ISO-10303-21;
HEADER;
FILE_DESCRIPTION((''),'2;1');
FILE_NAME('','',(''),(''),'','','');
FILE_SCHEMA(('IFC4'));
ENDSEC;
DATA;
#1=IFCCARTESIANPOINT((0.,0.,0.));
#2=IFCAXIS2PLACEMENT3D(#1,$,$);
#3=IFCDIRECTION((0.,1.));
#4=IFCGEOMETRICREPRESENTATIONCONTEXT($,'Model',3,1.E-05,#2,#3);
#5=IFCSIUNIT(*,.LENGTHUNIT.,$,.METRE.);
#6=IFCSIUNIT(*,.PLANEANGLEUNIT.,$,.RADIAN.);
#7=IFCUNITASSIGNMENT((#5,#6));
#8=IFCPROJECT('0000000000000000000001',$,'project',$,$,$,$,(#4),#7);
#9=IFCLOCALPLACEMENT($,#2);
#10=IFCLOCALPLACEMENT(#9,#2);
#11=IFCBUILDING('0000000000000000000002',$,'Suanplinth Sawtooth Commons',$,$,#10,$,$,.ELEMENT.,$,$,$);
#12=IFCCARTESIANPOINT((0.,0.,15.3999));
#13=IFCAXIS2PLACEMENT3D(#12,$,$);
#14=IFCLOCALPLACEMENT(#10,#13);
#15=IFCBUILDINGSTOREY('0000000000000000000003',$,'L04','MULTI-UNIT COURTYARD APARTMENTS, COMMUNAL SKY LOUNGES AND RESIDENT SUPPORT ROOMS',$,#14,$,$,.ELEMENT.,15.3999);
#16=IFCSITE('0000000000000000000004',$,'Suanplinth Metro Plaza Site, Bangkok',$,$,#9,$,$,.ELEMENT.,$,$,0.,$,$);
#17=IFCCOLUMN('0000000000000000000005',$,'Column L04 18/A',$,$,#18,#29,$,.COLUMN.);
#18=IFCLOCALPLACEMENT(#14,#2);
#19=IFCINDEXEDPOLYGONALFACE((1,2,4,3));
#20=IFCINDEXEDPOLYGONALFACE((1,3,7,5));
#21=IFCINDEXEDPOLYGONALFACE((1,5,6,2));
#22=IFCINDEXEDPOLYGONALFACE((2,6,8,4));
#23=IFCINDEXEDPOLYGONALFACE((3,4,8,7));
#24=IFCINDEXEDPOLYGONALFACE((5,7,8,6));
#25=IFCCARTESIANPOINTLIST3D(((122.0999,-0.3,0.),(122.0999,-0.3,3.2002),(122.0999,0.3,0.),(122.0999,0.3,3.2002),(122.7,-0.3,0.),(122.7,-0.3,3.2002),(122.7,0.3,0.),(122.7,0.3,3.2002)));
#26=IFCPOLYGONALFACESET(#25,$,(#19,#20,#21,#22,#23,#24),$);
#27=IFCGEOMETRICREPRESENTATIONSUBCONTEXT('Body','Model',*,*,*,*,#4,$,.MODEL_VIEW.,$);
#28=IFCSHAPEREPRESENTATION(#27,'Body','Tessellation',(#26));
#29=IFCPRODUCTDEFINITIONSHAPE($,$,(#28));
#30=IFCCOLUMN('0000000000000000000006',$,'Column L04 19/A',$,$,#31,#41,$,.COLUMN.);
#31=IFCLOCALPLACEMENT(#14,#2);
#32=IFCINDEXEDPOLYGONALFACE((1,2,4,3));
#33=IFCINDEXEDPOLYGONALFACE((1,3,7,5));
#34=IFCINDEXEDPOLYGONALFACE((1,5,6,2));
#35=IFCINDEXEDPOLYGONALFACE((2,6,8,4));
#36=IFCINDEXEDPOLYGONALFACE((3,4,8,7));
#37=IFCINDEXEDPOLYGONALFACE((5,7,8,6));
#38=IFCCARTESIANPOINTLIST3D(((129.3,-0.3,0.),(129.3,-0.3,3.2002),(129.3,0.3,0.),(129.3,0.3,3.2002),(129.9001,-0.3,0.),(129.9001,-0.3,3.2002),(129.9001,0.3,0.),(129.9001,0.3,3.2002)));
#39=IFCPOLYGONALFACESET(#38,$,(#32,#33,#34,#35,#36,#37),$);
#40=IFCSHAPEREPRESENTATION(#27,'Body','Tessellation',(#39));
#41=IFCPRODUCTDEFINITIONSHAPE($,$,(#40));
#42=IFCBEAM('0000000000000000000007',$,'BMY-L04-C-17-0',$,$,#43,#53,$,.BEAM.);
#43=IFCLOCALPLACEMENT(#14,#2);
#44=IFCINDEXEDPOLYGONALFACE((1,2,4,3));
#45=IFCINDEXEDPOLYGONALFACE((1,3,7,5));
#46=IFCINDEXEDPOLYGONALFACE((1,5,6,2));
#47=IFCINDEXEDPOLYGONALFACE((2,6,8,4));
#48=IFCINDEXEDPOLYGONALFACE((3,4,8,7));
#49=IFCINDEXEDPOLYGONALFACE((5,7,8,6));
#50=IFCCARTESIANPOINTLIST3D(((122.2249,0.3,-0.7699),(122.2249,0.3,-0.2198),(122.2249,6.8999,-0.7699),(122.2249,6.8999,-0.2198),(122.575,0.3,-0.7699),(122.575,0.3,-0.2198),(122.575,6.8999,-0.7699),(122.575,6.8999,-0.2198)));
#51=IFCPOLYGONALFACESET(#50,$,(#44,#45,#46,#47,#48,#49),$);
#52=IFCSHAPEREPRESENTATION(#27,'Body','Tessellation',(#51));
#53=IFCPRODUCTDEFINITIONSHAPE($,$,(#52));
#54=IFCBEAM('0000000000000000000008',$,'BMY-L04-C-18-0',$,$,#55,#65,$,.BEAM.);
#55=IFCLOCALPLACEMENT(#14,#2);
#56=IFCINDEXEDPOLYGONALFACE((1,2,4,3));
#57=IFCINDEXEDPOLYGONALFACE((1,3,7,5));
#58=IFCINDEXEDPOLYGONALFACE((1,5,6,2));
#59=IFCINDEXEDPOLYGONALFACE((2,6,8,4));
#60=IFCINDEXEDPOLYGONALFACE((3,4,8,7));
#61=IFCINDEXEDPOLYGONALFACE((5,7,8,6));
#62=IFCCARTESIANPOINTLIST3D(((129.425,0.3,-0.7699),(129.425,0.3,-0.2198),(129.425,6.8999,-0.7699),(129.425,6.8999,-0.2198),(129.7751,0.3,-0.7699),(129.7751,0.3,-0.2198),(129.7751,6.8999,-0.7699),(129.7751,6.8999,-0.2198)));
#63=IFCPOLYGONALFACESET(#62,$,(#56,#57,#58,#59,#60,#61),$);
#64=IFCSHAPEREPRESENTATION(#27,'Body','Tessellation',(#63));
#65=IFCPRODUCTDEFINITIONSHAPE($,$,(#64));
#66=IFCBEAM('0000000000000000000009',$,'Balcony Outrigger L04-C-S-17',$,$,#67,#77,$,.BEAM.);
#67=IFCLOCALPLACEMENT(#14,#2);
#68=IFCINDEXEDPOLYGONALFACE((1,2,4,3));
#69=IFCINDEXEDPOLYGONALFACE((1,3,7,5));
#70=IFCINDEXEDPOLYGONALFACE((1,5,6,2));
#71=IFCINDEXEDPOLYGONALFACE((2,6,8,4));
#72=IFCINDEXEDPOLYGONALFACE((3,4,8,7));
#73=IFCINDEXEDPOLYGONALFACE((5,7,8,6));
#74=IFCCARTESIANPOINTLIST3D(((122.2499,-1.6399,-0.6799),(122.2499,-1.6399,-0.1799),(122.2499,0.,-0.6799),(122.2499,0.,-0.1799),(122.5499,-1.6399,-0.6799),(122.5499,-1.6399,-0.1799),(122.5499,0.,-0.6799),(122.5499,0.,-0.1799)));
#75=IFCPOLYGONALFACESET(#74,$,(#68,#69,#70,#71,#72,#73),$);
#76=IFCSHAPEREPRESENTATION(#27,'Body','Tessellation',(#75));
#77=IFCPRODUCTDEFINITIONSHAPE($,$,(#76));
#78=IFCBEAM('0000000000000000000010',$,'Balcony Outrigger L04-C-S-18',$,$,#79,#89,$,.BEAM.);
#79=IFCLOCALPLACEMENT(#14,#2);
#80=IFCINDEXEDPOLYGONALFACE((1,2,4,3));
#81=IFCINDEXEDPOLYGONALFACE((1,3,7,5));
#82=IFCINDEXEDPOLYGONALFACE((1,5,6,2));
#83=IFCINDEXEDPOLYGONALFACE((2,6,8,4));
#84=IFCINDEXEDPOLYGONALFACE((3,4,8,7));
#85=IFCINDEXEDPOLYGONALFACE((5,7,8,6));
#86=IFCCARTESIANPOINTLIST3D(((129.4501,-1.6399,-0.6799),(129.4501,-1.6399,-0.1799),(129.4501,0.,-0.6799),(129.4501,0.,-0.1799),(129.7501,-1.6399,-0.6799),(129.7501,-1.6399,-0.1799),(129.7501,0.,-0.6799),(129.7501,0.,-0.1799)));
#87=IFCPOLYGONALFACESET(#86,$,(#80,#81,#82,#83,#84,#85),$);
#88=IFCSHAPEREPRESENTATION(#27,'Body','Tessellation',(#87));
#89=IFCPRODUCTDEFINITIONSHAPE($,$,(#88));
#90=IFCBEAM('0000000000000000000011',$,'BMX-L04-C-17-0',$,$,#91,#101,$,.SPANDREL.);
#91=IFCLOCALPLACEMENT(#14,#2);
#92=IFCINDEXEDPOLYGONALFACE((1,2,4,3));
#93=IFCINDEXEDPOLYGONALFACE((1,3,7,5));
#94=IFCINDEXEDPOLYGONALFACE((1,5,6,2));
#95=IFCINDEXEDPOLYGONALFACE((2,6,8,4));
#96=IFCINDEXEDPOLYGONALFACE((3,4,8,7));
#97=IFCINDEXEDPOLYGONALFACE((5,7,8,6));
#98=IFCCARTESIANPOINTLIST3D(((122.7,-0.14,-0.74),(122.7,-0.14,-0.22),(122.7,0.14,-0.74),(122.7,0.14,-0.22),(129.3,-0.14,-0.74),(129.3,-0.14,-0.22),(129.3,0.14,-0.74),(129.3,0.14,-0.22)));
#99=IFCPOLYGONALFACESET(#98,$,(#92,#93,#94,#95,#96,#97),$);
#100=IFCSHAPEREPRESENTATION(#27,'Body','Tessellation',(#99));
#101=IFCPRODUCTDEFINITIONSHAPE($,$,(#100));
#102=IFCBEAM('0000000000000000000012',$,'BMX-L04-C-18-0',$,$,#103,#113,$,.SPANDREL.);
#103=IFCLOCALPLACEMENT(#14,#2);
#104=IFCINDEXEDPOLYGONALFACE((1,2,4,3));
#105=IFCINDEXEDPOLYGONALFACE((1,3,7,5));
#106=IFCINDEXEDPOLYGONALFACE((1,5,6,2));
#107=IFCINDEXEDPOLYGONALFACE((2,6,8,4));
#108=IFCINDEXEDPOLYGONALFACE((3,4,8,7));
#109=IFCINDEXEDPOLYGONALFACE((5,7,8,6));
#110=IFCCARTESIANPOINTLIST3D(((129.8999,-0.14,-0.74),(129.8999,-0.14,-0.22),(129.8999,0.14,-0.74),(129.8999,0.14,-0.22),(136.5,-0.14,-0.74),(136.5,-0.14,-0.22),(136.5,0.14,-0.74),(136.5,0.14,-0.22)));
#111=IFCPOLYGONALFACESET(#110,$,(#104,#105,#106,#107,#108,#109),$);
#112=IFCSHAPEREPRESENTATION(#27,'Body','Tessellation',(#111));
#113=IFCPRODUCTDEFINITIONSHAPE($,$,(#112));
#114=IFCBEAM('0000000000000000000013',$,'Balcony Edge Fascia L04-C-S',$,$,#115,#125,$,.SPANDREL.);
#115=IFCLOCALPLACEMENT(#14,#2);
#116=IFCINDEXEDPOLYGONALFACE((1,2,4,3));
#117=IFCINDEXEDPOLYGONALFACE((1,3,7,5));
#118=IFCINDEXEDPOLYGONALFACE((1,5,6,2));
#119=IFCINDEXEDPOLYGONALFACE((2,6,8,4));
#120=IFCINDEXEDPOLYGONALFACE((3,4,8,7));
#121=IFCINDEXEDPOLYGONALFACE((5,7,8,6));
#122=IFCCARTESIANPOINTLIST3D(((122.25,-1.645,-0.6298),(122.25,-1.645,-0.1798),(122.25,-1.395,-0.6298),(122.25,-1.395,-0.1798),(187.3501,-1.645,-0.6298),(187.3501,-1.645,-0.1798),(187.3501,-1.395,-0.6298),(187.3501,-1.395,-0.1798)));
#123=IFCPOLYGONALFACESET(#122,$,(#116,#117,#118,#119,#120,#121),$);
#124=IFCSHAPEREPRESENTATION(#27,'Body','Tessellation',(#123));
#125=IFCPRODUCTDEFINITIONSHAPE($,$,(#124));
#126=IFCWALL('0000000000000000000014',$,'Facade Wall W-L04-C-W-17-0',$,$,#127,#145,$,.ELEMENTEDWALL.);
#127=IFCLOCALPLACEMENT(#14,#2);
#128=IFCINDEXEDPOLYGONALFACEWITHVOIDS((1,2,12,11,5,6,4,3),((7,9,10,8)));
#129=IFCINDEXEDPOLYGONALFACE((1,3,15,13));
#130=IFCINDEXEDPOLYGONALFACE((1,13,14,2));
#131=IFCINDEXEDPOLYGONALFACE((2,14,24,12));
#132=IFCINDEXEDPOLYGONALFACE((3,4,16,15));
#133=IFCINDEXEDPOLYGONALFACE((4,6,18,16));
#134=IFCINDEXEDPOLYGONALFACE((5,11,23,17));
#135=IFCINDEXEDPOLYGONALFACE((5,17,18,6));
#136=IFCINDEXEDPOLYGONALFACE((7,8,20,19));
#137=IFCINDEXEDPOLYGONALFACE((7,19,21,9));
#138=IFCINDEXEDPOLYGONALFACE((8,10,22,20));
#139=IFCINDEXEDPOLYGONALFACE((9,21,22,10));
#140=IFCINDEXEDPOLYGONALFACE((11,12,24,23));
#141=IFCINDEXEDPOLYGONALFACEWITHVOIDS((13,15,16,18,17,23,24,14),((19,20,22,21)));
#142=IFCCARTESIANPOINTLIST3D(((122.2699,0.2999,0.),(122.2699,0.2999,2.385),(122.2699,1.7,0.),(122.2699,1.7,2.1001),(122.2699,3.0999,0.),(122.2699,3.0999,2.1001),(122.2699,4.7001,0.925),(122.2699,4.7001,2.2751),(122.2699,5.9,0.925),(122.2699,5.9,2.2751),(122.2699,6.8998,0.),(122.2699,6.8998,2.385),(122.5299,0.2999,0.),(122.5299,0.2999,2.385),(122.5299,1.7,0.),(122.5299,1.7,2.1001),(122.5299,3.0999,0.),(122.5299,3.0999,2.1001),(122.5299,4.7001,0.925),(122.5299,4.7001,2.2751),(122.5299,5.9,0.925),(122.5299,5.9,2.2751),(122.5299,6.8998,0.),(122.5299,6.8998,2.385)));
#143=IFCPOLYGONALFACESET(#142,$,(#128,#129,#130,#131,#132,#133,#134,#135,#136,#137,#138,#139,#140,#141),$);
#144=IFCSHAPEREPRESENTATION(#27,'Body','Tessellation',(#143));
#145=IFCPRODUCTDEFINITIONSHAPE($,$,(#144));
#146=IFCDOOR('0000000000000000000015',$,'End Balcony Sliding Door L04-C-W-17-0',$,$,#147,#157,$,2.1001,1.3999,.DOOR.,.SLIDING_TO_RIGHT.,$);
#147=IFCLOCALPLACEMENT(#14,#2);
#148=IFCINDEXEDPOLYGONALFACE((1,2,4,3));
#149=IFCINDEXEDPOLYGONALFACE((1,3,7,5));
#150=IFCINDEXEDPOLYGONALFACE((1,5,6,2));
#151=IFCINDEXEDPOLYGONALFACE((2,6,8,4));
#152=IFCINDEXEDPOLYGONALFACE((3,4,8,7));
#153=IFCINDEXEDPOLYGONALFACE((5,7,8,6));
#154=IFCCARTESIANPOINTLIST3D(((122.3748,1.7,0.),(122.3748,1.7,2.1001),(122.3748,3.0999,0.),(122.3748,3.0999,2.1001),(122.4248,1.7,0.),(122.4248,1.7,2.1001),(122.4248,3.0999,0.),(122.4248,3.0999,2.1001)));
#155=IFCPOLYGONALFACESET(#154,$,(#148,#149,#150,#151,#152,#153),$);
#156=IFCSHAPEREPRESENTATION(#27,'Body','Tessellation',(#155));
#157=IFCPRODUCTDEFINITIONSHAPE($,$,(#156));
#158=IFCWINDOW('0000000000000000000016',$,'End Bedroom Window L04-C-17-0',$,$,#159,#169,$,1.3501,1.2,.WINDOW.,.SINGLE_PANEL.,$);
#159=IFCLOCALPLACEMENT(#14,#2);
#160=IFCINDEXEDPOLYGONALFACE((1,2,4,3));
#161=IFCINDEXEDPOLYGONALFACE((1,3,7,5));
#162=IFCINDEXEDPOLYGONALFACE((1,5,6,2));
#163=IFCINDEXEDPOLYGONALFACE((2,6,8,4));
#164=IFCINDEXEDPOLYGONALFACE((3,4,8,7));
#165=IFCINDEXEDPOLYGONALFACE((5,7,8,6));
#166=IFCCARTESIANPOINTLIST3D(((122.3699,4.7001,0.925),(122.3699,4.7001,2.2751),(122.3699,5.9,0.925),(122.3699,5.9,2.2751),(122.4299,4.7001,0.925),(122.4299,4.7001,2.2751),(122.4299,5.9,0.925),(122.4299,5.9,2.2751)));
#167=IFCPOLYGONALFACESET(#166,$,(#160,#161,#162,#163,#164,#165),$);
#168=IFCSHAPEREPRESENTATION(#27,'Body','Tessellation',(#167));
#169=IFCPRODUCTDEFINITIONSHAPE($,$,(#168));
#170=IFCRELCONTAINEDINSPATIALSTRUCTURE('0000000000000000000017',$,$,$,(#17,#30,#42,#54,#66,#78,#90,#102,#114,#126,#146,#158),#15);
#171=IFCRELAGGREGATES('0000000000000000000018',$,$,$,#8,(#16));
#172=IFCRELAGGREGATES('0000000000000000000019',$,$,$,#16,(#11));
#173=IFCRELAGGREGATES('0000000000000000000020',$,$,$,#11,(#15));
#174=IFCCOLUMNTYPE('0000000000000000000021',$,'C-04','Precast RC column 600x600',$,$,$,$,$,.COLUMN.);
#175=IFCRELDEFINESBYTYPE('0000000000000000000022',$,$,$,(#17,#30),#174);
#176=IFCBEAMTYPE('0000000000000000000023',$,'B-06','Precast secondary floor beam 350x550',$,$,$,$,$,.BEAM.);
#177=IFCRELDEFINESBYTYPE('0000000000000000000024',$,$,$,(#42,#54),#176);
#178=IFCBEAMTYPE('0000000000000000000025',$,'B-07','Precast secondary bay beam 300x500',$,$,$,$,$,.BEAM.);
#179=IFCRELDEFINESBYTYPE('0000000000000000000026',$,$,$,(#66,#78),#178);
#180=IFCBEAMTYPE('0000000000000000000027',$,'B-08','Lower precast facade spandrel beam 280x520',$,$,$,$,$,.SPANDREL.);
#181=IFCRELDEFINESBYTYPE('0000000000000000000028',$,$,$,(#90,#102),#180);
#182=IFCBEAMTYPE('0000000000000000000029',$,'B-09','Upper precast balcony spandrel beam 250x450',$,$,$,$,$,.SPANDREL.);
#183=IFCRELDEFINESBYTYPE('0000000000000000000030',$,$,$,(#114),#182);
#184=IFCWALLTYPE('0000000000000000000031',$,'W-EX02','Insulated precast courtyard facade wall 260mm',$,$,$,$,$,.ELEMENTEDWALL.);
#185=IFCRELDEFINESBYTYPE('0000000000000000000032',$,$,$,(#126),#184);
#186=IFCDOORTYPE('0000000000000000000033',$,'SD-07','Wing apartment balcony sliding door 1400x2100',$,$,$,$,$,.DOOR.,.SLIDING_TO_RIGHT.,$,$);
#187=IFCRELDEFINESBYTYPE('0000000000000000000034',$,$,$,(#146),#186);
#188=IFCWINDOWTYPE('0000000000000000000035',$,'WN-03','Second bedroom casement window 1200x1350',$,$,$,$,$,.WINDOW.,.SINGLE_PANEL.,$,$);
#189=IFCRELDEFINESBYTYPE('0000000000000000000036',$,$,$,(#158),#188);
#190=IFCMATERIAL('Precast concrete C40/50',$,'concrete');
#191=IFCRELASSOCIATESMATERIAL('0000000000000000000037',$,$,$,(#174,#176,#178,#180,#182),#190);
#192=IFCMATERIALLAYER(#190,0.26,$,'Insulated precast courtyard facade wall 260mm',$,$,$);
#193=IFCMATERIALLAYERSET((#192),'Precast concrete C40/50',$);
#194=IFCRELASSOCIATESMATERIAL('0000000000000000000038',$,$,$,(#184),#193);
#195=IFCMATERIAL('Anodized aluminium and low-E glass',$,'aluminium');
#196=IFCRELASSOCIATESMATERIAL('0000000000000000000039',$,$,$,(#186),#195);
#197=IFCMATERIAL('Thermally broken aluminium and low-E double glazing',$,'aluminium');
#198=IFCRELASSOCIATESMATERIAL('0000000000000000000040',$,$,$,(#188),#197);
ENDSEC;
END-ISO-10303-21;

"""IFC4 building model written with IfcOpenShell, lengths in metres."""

from ifc_helpers import new_model, si_unit, direction, frame, frame_2d, origin, origin_2d, place, context, subcontext, project, spatial, rectangle, extrude, material, layer, layer_set, material_profile, profile_set, type_object, element, fill, save


model = new_model("IFC4")

# Units and contexts
model_context = context("Model", 3, precision=1e-05, world=origin(), true_north=direction((0.0, 1.0)))
body_context = subcontext(model_context, "Body", "Model", "MODEL_VIEW")
ifc_project = project(units=[si_unit("LENGTHUNIT", "METRE"), si_unit("PLANEANGLEUNIT", "RADIAN")], contexts=[model_context])

# Site, building, storey
site_placement = place(None, origin())
site = spatial("IfcSite", under=ifc_project, at=site_placement, Name="Suanplinth Metro Plaza Site, Bangkok", CompositionType="ELEMENT", RefElevation=0.0)
building_placement = place(site_placement, origin())
building = spatial("IfcBuilding", under=site, at=building_placement, Name="Suanplinth Sawtooth Commons", CompositionType="ELEMENT")
storey_placement = place(building_placement, frame((0.0, 0.0, 15.3999)))
storey = spatial("IfcBuildingStorey", under=building, at=storey_placement, Name="L04", Description="MULTI-UNIT COURTYARD APARTMENTS, COMMUNAL SKY LOUNGES AND RESIDENT SUPPORT ROOMS", CompositionType="ELEMENT", Elevation=15.3999)

# Columns
ifc_material_1 = material(Name="Precast concrete C40/50", Category="concrete")
ifc_material_profile_1 = material_profile(ifc_material_1, rectangle(XDim=0.6001, YDim=0.6001, at=origin_2d()), Name="PC-COL 600x600")
ifc_profile_set_1 = profile_set([ifc_material_profile_1], Name="Precast concrete C40/50")
column_type = type_object("IfcColumnType", Name="C-04", Description="Precast RC column 600x600", PredefinedType="COLUMN", material=ifc_profile_set_1)
for number, where, z_axis, x_axis, name in (
    (1, (122.3999, 0.0, 0.0), (0.0, 0.0, 1.0), (1.0, 0.0, 0.0), "Column L04 18/A"),
    (2, (129.6001, 0.0, 0.0), (0.0, 0.0, 1.0), (1.0, 0.0, 0.0), "Column L04 19/A"),
):
    element("IfcColumn", number, at=place(storey_placement, frame(where, z_axis=z_axis, x_axis=x_axis)), inside=storey, type_object=column_type, Name=name, PredefinedType="COLUMN", context=body_context, shape_type="SweptSolid", body=[
        extrude(rectangle(XDim=0.6001, YDim=0.6001, at=origin_2d()), origin(), (0.0, 0.0, 1.0), 3.2002),
    ])

# Beams
ifc_material_profile_2 = material_profile(ifc_material_1, rectangle(XDim=0.3501, YDim=0.55, at=origin_2d()), Name="PC-BM 350x550")
ifc_profile_set_2 = profile_set([ifc_material_profile_2], Name="Precast concrete C40/50")
beam_type_1 = type_object("IfcBeamType", Name="B-06", Description="Precast secondary floor beam 350x550", PredefinedType="BEAM", material=ifc_profile_set_2)
for number, where, z_axis, x_axis, name in (
    (3, (122.3999, 0.3, -0.4949), (0.0, 1.0, 0.0), (-1.0, 0.0, 0.0), "BMY-L04-C-17-0"),
    (4, (129.6001, 0.3, -0.4949), (0.0, 1.0, 0.0), (-1.0, 0.0, 0.0), "BMY-L04-C-18-0"),
):
    element("IfcBeam", number, at=place(storey_placement, frame(where, z_axis=z_axis, x_axis=x_axis)), inside=storey, type_object=beam_type_1, Name=name, PredefinedType="BEAM", context=body_context, shape_type="SweptSolid", body=[
        extrude(rectangle(XDim=0.3501, YDim=0.55, at=origin_2d()), origin(), (0.0, 0.0, 1.0), 6.5999),
    ])
ifc_material_profile_3 = material_profile(ifc_material_1, rectangle(XDim=0.3, YDim=0.5, at=origin_2d()), Name="PC-BM 300x500")
ifc_profile_set_3 = profile_set([ifc_material_profile_3], Name="Precast concrete C40/50")
beam_type_2 = type_object("IfcBeamType", Name="B-07", Description="Precast secondary bay beam 300x500", PredefinedType="BEAM", material=ifc_profile_set_3)
for number, where, z_axis, x_axis, name in (
    (5, (122.3999, 0.0, -0.4299), (0.0, -1.0, 0.0), (1.0, 0.0, 0.0), "Balcony Outrigger L04-C-S-17"),
    (6, (129.6001, 0.0, -0.4299), (0.0, -1.0, 0.0), (1.0, 0.0, 0.0), "Balcony Outrigger L04-C-S-18"),
):
    element("IfcBeam", number, at=place(storey_placement, frame(where, z_axis=z_axis, x_axis=x_axis)), inside=storey, type_object=beam_type_2, Name=name, PredefinedType="BEAM", context=body_context, shape_type="SweptSolid", body=[
        extrude(rectangle(XDim=0.3, YDim=0.5, at=origin_2d()), origin(), (0.0, 0.0, 1.0), 1.6399),
    ])
ifc_material_profile_4 = material_profile(ifc_material_1, rectangle(XDim=0.28, YDim=0.52, at=origin_2d()), Name="PC-SP 280x520")
ifc_profile_set_4 = profile_set([ifc_material_profile_4], Name="Precast concrete C40/50")
beam_type_3 = type_object("IfcBeamType", Name="B-08", Description="Lower precast facade spandrel beam 280x520", PredefinedType="SPANDREL", material=ifc_profile_set_4)
for number, where, z_axis, x_axis, name in (
    (7, (122.7, 0.0, -0.48), (1.0, 0.0, 0.0), (0.0, 1.0, 0.0), "BMX-L04-C-17-0"),
    (8, (129.8999, 0.0, -0.48), (1.0, 0.0, 0.0), (0.0, 1.0, 0.0), "BMX-L04-C-18-0"),
):
    element("IfcBeam", number, at=place(storey_placement, frame(where, z_axis=z_axis, x_axis=x_axis)), inside=storey, type_object=beam_type_3, Name=name, PredefinedType="SPANDREL", context=body_context, shape_type="SweptSolid", body=[
        extrude(rectangle(XDim=0.28, YDim=0.52, at=origin_2d()), origin(), (0.0, 0.0, 1.0), 6.6001),
    ])
ifc_material_profile_5 = material_profile(ifc_material_1, rectangle(XDim=0.25, YDim=0.45, at=origin_2d()), Name="PC-SP 250x450")
ifc_profile_set_5 = profile_set([ifc_material_profile_5], Name="Precast concrete C40/50")
beam_type_4 = type_object("IfcBeamType", Name="B-09", Description="Upper precast balcony spandrel beam 250x450", PredefinedType="SPANDREL", material=ifc_profile_set_5)
beam_placement = place(storey_placement, frame((122.25, -1.52, -0.4048), z_axis=(1.0, 0.0, 0.0), x_axis=(0.0, 1.0, 0.0)))
element("IfcBeam", 9, at=beam_placement, inside=storey, type_object=beam_type_4, Name="Balcony Edge Fascia L04-C-S", PredefinedType="SPANDREL", context=body_context, shape_type="SweptSolid", body=[
    extrude(rectangle(XDim=0.25, YDim=0.45, at=origin_2d()), origin(), (0.0, 0.0, 1.0), 65.1001),
])

# Wall, openings, door, window
ifc_layer = layer(ifc_material_1, 0.26, Name="Insulated precast courtyard facade wall 260mm")
ifc_layer_set = layer_set([ifc_layer], Name="Precast concrete C40/50")
wall_type = type_object("IfcWallType", Name="W-EX02", Description="Insulated precast courtyard facade wall 260mm", PredefinedType="ELEMENTEDWALL", material=ifc_layer_set)
ifc_material_2 = material(Name="Anodized aluminium and low-E glass", Category="aluminium")
ifc_material_3 = material(Name="Thermally broken aluminium and low-E double glazing", Category="aluminium")
wall_1_placement = place(storey_placement, frame((122.3999, 0.3, 0.0), z_axis=(0.0, 0.0, 1.0), x_axis=(0.0, 1.0, 0.0)))
wall_1 = element("IfcWall", 10, at=wall_1_placement, inside=storey, type_object=wall_type, Name="Facade Wall W-L04-C-W-17-0", PredefinedType="ELEMENTEDWALL", context=body_context, shape_type="SweptSolid", body=[
    extrude(rectangle(XDim=6.5999, YDim=0.26, at=frame_2d((3.2998, 0.0))), origin(), (0.0, 0.0, 1.0), 2.385),
])
opening_1_placement = place(wall_1_placement, frame((1.3999, 0.0, 0.0)))
opening_1 = element("IfcOpeningElement", 11, at=opening_1_placement, cuts=wall_1, PredefinedType="OPENING", context=body_context, shape_type="SweptSolid", body=[
    extrude(rectangle(XDim=1.3999, YDim=2.1001, at=frame_2d((0.7, 1.05))), frame((0.0, 0.145, 0.0), z_axis=(0.0, -1.0, 0.0), x_axis=(1.0, 0.0, 0.0)), (0.0, 0.0, 1.0), 0.2898),
])
opening_2_placement = place(wall_1_placement, frame((4.3999, 0.0, 0.925)))
opening_2 = element("IfcOpeningElement", 12, at=opening_2_placement, cuts=wall_1, PredefinedType="OPENING", context=body_context, shape_type="SweptSolid", body=[
    extrude(rectangle(XDim=1.2, YDim=1.3501, at=frame_2d((0.6001, 0.675))), frame((0.0, 0.145, 0.0), z_axis=(0.0, -1.0, 0.0), x_axis=(1.0, 0.0, 0.0)), (0.0, 0.0, 1.0), 0.2898),
])
door_type_1 = type_object("IfcDoorType", Name="SD-07", Description="Wing apartment balcony sliding door 1400x2100", OperationType="SLIDING_TO_RIGHT", PredefinedType="DOOR", material=ifc_material_2)
door_1_placement = place(opening_1_placement, frame((1.3999, 0.0, 0.0), z_axis=(0.0, 0.0, 1.0), x_axis=(-1.0, 0.0, 0.0)))
door_1 = element("IfcDoor", 13, at=door_1_placement, inside=storey, type_object=door_type_1, Name="End Balcony Sliding Door L04-C-W-17-0", OperationType="SLIDING_TO_RIGHT", OverallHeight=2.1001, OverallWidth=1.3999, PredefinedType="DOOR", context=body_context, shape_type="SweptSolid", body=[
    extrude(rectangle(XDim=1.3999, YDim=2.1001, at=frame_2d((0.7, 1.05))), frame((0.0, 0.0249, 0.0), z_axis=(0.0, -1.0, 0.0), x_axis=(1.0, 0.0, 0.0)), (0.0, 0.0, 1.0), 0.05),
])
fill(opening_1, door_1)
window_type_1 = type_object("IfcWindowType", Name="WN-03", Description="Second bedroom casement window 1200x1350", PartitioningType="SINGLE_PANEL", PredefinedType="WINDOW", material=ifc_material_3)
window_1_placement = place(opening_2_placement, origin())
window_1 = element("IfcWindow", 14, at=window_1_placement, inside=storey, type_object=window_type_1, Name="End Bedroom Window L04-C-17-0", OverallHeight=1.3501, OverallWidth=1.2, PartitioningType="SINGLE_PANEL", PredefinedType="WINDOW", context=body_context, shape_type="SweptSolid", body=[
    extrude(rectangle(XDim=1.2, YDim=1.3501, at=frame_2d((0.6001, 0.675))), frame((0.0, 0.03, 0.0), z_axis=(0.0, -1.0, 0.0), x_axis=(1.0, 0.0, 0.0)), (0.0, 0.0, 1.0), 0.0601),
])
fill(opening_2, window_1)

save(model, "model.ifc")
